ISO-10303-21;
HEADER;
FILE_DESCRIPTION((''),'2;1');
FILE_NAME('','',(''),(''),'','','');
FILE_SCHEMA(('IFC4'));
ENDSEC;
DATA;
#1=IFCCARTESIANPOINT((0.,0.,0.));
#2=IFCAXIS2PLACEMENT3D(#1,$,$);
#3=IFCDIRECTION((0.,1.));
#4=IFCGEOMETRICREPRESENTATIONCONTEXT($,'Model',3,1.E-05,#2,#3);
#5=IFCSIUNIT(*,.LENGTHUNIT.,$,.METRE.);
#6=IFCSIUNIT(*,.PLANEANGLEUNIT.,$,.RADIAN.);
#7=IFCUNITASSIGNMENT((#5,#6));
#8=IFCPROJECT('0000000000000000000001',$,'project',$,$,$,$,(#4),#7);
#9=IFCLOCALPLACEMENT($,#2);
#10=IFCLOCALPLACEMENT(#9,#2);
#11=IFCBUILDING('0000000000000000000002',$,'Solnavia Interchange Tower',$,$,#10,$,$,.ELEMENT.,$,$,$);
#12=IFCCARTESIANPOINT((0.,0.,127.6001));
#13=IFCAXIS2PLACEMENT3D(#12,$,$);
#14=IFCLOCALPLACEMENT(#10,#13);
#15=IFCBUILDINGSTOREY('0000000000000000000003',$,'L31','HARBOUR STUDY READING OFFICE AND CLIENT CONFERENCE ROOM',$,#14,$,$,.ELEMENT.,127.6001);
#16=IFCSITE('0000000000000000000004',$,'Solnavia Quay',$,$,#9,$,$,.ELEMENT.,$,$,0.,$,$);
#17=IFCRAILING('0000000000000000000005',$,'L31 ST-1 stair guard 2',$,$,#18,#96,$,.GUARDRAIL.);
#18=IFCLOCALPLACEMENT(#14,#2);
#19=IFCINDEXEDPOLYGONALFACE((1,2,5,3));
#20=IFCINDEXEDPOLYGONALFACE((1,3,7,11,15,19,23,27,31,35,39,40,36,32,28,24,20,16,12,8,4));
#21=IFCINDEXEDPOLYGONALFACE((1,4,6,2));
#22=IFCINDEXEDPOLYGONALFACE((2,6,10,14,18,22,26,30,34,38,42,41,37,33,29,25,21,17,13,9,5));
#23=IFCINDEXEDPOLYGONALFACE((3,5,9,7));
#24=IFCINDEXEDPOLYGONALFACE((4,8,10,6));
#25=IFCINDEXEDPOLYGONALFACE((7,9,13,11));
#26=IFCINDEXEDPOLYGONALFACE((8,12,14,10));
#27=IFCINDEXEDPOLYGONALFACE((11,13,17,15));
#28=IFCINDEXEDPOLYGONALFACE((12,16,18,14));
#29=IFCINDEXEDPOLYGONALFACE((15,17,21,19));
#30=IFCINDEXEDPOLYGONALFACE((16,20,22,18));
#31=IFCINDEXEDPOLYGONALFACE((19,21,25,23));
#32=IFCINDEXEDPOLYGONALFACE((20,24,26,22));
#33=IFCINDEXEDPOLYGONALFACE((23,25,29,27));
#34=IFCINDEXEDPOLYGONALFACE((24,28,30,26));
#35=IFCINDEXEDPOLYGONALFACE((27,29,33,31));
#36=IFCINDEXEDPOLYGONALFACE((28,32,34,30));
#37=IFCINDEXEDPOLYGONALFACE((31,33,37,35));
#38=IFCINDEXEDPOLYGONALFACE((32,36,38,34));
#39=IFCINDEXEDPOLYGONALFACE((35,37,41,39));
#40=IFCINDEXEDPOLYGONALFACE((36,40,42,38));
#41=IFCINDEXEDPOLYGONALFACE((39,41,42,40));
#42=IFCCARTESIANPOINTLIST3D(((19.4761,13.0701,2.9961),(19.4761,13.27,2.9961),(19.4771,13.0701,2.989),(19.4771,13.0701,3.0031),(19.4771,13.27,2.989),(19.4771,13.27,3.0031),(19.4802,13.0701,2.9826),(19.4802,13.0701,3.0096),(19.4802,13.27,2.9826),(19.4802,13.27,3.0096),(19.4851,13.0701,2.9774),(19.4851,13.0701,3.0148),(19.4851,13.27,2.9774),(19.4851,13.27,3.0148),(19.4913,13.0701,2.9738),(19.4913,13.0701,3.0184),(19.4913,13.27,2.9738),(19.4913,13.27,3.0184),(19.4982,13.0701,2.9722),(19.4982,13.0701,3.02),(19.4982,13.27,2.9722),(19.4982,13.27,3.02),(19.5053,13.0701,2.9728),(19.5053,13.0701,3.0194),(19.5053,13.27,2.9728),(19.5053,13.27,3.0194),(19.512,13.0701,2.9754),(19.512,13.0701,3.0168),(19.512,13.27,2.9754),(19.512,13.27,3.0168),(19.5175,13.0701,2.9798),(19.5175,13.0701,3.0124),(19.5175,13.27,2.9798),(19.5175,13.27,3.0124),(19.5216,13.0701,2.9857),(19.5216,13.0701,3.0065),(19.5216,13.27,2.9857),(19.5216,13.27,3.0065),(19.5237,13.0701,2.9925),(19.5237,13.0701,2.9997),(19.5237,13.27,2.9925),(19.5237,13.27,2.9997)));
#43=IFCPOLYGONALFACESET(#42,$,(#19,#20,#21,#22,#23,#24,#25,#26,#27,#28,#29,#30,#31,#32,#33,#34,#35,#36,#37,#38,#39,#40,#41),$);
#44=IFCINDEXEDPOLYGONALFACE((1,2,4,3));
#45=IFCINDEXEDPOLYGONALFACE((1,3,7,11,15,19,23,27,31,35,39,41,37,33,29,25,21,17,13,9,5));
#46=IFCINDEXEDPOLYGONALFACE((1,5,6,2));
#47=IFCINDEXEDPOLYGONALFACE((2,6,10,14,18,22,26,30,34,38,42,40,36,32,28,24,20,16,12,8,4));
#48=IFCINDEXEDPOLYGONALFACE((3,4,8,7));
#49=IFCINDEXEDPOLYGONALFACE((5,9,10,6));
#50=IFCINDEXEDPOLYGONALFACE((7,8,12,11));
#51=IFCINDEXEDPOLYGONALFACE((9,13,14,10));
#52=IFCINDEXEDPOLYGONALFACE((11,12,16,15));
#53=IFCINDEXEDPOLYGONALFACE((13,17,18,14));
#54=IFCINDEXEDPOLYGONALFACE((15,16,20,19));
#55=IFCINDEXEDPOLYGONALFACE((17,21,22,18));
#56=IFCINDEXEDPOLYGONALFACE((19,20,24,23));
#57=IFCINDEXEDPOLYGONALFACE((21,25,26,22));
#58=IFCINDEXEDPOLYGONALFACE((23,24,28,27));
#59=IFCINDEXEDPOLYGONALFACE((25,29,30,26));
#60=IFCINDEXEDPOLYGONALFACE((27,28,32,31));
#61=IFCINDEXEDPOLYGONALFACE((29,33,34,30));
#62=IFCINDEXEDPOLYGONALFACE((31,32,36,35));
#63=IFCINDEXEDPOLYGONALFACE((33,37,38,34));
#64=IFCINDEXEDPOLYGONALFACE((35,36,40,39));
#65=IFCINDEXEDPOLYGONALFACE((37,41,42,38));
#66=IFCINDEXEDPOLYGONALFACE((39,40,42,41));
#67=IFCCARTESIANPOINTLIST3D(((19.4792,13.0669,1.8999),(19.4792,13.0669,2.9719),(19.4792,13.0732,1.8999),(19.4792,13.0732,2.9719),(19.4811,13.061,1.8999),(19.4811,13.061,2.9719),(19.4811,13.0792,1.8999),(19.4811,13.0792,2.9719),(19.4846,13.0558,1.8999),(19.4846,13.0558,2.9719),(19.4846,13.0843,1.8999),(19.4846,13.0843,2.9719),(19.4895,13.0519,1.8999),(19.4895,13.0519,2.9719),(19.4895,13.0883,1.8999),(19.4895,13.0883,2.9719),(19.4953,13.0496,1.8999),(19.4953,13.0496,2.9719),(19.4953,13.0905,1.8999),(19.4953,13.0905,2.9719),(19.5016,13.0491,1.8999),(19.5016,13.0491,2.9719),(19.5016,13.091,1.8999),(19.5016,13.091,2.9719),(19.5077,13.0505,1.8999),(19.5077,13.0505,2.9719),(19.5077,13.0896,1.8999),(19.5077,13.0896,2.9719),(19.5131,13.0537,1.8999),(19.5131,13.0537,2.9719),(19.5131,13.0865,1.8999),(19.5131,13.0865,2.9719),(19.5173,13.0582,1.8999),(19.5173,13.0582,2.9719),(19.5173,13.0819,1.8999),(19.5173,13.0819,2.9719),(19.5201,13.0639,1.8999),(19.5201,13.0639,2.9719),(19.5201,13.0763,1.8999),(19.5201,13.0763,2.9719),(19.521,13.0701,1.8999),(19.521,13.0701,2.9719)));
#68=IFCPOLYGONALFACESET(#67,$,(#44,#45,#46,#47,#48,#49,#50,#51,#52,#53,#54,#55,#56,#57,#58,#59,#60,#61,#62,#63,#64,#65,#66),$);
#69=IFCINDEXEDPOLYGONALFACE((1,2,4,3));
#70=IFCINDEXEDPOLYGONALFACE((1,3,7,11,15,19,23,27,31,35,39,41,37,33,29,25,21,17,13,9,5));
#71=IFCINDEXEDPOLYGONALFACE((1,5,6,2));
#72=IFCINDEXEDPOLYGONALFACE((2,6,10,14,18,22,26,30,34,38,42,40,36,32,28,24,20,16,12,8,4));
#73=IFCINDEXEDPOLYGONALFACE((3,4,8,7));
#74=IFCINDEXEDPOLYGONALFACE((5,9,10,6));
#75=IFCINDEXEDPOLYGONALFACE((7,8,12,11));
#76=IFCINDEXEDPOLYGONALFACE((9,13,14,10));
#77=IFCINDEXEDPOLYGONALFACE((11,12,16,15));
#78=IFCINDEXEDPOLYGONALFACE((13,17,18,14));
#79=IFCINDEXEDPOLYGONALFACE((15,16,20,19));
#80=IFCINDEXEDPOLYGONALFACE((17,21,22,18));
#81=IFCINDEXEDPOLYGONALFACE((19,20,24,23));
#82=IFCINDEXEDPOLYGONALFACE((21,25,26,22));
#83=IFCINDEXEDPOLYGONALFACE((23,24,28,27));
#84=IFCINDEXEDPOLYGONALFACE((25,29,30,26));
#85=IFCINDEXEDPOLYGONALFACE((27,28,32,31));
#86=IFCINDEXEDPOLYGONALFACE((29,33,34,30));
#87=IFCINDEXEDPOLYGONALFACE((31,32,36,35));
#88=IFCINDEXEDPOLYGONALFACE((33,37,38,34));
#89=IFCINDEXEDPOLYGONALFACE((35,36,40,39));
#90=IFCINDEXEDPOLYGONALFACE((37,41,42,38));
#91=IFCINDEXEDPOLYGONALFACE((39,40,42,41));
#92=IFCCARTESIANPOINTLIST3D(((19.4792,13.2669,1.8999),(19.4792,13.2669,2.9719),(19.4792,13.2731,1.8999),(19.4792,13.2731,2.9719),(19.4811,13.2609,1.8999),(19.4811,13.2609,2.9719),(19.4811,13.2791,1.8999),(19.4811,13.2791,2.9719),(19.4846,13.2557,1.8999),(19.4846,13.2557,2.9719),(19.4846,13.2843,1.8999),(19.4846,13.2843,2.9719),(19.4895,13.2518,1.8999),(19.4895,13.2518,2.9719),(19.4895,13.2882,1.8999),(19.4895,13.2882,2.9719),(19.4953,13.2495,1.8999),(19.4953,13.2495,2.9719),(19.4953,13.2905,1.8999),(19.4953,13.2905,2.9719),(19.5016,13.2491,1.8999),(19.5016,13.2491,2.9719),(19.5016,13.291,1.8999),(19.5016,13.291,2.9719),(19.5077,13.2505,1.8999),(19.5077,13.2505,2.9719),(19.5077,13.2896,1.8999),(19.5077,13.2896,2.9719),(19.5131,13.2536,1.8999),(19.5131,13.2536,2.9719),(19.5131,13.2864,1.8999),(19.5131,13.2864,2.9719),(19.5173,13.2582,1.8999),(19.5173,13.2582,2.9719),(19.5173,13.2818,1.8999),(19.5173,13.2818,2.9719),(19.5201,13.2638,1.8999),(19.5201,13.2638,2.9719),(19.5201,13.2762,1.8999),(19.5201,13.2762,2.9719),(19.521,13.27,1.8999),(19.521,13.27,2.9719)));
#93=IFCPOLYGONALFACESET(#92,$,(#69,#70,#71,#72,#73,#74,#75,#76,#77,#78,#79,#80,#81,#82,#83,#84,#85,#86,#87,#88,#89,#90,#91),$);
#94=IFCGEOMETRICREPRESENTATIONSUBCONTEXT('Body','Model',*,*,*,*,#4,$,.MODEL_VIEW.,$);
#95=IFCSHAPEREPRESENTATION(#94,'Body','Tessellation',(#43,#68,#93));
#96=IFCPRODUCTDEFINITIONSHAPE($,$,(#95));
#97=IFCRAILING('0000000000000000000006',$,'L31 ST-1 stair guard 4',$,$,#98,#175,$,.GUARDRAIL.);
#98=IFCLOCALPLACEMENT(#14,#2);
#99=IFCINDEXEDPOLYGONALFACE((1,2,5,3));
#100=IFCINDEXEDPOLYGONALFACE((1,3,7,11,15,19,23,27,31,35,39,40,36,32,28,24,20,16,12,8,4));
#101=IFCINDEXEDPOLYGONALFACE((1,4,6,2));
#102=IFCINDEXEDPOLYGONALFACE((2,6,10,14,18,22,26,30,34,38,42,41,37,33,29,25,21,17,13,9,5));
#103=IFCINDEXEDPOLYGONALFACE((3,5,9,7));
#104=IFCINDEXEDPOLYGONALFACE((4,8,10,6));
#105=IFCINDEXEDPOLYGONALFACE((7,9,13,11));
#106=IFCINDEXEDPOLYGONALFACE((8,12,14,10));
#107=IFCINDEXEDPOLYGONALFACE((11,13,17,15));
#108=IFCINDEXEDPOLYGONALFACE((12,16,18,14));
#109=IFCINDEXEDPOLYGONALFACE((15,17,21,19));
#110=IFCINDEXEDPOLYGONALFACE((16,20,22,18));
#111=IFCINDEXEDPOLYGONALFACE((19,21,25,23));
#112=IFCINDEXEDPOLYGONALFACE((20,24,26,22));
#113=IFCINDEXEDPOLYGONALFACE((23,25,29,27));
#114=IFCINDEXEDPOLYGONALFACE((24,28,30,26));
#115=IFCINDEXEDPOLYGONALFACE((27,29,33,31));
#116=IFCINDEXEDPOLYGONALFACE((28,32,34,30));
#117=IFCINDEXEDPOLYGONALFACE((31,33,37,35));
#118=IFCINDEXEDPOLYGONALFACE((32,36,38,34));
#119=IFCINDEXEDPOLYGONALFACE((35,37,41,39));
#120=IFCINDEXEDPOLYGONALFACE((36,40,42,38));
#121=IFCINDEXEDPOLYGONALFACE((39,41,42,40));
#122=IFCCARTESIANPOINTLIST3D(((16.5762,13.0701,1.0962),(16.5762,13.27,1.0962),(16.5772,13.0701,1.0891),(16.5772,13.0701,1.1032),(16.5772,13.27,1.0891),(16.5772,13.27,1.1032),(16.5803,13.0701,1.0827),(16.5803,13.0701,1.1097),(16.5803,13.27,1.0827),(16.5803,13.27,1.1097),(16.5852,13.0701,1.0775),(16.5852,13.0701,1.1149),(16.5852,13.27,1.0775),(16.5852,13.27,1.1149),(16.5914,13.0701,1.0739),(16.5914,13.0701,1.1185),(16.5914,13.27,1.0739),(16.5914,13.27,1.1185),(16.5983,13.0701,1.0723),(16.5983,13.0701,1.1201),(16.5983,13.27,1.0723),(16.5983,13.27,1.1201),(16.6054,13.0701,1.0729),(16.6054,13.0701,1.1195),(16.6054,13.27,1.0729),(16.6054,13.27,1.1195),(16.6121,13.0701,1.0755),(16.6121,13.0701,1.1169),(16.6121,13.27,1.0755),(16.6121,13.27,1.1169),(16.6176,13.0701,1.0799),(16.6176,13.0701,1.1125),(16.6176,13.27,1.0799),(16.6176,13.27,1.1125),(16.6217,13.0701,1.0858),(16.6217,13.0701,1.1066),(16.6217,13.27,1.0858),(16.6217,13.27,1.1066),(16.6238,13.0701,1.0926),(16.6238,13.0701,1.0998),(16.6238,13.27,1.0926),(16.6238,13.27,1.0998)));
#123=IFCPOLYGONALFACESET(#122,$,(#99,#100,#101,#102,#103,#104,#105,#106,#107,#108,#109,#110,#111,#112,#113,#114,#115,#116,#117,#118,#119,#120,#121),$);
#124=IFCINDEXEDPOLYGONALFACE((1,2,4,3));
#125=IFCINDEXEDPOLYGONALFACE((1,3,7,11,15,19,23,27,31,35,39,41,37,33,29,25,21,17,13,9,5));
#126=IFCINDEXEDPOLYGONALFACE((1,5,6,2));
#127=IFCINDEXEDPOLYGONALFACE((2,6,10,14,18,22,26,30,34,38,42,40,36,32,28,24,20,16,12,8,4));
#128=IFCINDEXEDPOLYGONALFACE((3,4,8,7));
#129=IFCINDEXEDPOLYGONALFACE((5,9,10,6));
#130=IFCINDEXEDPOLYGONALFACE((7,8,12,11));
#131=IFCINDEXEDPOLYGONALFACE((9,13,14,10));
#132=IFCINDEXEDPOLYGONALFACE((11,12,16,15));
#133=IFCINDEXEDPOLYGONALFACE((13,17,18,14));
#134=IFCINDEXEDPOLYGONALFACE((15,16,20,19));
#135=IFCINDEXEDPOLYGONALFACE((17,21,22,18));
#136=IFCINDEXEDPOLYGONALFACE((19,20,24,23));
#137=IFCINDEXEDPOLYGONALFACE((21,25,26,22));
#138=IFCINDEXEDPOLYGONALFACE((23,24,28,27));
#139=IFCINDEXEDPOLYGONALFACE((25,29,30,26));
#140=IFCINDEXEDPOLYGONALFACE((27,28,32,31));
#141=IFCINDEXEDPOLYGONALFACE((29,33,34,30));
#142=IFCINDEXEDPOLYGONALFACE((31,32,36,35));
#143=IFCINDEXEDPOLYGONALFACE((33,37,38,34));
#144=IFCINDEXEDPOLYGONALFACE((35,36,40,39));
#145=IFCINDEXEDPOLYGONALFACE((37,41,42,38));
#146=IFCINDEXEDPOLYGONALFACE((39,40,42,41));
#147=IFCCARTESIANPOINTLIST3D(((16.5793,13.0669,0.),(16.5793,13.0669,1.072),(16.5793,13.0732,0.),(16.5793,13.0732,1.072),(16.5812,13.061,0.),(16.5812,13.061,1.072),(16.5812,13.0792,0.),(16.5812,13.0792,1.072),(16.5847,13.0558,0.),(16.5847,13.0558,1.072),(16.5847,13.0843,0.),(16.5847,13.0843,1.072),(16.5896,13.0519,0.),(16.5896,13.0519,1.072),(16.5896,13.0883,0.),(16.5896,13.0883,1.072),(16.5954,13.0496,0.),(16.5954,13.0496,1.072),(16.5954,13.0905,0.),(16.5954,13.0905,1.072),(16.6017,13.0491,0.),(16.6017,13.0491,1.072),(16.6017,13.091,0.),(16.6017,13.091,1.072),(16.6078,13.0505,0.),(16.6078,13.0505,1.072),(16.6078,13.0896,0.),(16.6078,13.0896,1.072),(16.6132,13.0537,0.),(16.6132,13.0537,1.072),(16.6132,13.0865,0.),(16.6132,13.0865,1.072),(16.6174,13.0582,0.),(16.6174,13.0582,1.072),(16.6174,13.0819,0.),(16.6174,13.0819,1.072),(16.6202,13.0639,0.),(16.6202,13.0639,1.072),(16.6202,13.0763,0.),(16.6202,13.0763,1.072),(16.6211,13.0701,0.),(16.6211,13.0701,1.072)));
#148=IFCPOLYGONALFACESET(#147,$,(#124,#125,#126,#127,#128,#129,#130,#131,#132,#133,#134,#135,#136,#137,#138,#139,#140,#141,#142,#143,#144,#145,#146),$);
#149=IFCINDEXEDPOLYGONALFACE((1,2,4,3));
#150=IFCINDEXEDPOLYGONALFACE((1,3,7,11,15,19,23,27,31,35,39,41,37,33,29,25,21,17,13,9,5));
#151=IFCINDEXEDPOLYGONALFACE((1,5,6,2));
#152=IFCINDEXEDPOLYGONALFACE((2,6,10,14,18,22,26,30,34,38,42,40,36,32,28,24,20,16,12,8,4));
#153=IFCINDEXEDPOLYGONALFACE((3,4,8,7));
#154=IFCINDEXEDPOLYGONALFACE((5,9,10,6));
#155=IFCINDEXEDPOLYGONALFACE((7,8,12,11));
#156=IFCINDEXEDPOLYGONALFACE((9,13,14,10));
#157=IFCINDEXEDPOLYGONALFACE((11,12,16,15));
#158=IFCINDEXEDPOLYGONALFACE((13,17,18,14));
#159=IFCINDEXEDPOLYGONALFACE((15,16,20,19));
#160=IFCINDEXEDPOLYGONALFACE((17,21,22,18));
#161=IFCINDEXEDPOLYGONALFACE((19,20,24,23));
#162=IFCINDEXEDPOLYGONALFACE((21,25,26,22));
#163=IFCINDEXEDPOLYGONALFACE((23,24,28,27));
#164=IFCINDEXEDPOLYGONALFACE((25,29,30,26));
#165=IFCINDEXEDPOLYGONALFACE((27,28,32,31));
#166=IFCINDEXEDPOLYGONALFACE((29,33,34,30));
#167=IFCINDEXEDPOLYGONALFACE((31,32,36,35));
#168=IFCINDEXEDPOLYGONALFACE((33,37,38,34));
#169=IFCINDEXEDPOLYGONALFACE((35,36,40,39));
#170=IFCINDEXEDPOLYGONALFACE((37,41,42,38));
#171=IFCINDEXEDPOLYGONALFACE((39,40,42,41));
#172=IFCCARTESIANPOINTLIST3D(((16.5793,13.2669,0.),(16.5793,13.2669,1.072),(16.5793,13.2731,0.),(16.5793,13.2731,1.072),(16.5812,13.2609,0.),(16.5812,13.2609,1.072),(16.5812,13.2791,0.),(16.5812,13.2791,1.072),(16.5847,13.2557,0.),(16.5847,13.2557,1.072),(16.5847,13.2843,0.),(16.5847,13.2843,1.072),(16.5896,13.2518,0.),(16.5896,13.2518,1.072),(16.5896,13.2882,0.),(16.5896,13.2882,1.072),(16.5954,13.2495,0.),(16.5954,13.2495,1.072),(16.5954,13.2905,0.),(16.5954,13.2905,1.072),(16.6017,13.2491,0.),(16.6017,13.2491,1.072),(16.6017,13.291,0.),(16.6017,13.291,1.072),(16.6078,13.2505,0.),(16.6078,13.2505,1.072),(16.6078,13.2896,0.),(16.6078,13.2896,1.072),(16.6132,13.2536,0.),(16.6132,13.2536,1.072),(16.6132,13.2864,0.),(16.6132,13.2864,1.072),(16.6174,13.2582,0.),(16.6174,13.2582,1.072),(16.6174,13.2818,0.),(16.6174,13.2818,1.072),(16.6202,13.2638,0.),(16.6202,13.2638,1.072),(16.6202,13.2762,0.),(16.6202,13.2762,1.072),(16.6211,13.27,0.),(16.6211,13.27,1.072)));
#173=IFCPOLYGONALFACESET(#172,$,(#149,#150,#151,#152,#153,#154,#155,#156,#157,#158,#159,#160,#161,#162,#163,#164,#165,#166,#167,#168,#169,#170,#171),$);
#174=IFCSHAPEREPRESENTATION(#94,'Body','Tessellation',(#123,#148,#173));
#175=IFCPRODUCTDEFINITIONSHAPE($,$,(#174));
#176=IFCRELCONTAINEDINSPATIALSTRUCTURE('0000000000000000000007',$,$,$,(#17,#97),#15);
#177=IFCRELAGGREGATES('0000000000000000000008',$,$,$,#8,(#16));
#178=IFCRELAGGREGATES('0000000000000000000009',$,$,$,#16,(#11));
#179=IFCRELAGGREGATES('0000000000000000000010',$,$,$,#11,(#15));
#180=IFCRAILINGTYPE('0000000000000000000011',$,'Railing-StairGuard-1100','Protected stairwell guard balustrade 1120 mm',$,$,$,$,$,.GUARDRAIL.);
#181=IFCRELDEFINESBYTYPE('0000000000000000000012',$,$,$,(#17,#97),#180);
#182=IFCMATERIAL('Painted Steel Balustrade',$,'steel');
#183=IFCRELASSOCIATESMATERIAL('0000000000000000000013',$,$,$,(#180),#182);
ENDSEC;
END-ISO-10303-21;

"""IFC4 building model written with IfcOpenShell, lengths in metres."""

from ifc_helpers import new_model, si_unit, direction, frame, origin, origin_2d, place, context, subcontext, project, spatial, circle, extrude, material, type_object, element, save


model = new_model("IFC4")

# Units and contexts
model_context = context("Model", 3, precision=1e-05, world=origin(), true_north=direction((0.0, 1.0)))
body_context = subcontext(model_context, "Body", "Model", "MODEL_VIEW")
ifc_project = project(units=[si_unit("LENGTHUNIT", "METRE"), si_unit("PLANEANGLEUNIT", "RADIAN")], contexts=[model_context])

# Site, building, storey
site_placement = place(None, origin())
site = spatial("IfcSite", under=ifc_project, at=site_placement, Name="Solnavia Quay", CompositionType="ELEMENT", RefElevation=0.0)
building_placement = place(site_placement, origin())
building = spatial("IfcBuilding", under=site, at=building_placement, Name="Solnavia Interchange Tower", CompositionType="ELEMENT")
storey_placement = place(building_placement, frame((0.0, 0.0, 127.6001)))
storey = spatial("IfcBuildingStorey", under=building, at=storey_placement, Name="L31", Description="HARBOUR STUDY READING OFFICE AND CLIENT CONFERENCE ROOM", CompositionType="ELEMENT", Elevation=127.6001)

# Railings
ifc_material_1 = material(Name="Painted Steel Balustrade", Category="steel")
railing_type_1 = type_object("IfcRailingType", Name="Railing-StairGuard-1100", Description="Protected stairwell guard balustrade 1120 mm", PredefinedType="GUARDRAIL", material=ifc_material_1)
for number, where, name in (
    (1, (19.5, 13.0701, 1.8999), "L31 ST-1 stair guard 2"),
    (2, (16.6001, 13.0701, 0.0), "L31 ST-1 stair guard 4"),
):
    element("IfcRailing", number, at=place(storey_placement, frame(where)), inside=storey, type_object=railing_type_1, Name=name, PredefinedType="GUARDRAIL", context=body_context, shape_type="SweptSolid", body=[
        extrude(circle(Radius=0.0239, at=origin_2d()), frame((0.0, 0.0, 1.0962), z_axis=(0.0, 1.0, 0.0), x_axis=(-1.0, 0.0, 0.0)), (0.0, 0.0, 1.0), 0.2),
        extrude(circle(Radius=0.021, at=origin_2d()), origin(), (0.0, 0.0, 1.0), 1.072),
        extrude(circle(Radius=0.021, at=origin_2d()), frame((0.0, 0.2, 0.0)), (0.0, 0.0, 1.0), 1.072),
    ])

save(model, "model.ifc")
